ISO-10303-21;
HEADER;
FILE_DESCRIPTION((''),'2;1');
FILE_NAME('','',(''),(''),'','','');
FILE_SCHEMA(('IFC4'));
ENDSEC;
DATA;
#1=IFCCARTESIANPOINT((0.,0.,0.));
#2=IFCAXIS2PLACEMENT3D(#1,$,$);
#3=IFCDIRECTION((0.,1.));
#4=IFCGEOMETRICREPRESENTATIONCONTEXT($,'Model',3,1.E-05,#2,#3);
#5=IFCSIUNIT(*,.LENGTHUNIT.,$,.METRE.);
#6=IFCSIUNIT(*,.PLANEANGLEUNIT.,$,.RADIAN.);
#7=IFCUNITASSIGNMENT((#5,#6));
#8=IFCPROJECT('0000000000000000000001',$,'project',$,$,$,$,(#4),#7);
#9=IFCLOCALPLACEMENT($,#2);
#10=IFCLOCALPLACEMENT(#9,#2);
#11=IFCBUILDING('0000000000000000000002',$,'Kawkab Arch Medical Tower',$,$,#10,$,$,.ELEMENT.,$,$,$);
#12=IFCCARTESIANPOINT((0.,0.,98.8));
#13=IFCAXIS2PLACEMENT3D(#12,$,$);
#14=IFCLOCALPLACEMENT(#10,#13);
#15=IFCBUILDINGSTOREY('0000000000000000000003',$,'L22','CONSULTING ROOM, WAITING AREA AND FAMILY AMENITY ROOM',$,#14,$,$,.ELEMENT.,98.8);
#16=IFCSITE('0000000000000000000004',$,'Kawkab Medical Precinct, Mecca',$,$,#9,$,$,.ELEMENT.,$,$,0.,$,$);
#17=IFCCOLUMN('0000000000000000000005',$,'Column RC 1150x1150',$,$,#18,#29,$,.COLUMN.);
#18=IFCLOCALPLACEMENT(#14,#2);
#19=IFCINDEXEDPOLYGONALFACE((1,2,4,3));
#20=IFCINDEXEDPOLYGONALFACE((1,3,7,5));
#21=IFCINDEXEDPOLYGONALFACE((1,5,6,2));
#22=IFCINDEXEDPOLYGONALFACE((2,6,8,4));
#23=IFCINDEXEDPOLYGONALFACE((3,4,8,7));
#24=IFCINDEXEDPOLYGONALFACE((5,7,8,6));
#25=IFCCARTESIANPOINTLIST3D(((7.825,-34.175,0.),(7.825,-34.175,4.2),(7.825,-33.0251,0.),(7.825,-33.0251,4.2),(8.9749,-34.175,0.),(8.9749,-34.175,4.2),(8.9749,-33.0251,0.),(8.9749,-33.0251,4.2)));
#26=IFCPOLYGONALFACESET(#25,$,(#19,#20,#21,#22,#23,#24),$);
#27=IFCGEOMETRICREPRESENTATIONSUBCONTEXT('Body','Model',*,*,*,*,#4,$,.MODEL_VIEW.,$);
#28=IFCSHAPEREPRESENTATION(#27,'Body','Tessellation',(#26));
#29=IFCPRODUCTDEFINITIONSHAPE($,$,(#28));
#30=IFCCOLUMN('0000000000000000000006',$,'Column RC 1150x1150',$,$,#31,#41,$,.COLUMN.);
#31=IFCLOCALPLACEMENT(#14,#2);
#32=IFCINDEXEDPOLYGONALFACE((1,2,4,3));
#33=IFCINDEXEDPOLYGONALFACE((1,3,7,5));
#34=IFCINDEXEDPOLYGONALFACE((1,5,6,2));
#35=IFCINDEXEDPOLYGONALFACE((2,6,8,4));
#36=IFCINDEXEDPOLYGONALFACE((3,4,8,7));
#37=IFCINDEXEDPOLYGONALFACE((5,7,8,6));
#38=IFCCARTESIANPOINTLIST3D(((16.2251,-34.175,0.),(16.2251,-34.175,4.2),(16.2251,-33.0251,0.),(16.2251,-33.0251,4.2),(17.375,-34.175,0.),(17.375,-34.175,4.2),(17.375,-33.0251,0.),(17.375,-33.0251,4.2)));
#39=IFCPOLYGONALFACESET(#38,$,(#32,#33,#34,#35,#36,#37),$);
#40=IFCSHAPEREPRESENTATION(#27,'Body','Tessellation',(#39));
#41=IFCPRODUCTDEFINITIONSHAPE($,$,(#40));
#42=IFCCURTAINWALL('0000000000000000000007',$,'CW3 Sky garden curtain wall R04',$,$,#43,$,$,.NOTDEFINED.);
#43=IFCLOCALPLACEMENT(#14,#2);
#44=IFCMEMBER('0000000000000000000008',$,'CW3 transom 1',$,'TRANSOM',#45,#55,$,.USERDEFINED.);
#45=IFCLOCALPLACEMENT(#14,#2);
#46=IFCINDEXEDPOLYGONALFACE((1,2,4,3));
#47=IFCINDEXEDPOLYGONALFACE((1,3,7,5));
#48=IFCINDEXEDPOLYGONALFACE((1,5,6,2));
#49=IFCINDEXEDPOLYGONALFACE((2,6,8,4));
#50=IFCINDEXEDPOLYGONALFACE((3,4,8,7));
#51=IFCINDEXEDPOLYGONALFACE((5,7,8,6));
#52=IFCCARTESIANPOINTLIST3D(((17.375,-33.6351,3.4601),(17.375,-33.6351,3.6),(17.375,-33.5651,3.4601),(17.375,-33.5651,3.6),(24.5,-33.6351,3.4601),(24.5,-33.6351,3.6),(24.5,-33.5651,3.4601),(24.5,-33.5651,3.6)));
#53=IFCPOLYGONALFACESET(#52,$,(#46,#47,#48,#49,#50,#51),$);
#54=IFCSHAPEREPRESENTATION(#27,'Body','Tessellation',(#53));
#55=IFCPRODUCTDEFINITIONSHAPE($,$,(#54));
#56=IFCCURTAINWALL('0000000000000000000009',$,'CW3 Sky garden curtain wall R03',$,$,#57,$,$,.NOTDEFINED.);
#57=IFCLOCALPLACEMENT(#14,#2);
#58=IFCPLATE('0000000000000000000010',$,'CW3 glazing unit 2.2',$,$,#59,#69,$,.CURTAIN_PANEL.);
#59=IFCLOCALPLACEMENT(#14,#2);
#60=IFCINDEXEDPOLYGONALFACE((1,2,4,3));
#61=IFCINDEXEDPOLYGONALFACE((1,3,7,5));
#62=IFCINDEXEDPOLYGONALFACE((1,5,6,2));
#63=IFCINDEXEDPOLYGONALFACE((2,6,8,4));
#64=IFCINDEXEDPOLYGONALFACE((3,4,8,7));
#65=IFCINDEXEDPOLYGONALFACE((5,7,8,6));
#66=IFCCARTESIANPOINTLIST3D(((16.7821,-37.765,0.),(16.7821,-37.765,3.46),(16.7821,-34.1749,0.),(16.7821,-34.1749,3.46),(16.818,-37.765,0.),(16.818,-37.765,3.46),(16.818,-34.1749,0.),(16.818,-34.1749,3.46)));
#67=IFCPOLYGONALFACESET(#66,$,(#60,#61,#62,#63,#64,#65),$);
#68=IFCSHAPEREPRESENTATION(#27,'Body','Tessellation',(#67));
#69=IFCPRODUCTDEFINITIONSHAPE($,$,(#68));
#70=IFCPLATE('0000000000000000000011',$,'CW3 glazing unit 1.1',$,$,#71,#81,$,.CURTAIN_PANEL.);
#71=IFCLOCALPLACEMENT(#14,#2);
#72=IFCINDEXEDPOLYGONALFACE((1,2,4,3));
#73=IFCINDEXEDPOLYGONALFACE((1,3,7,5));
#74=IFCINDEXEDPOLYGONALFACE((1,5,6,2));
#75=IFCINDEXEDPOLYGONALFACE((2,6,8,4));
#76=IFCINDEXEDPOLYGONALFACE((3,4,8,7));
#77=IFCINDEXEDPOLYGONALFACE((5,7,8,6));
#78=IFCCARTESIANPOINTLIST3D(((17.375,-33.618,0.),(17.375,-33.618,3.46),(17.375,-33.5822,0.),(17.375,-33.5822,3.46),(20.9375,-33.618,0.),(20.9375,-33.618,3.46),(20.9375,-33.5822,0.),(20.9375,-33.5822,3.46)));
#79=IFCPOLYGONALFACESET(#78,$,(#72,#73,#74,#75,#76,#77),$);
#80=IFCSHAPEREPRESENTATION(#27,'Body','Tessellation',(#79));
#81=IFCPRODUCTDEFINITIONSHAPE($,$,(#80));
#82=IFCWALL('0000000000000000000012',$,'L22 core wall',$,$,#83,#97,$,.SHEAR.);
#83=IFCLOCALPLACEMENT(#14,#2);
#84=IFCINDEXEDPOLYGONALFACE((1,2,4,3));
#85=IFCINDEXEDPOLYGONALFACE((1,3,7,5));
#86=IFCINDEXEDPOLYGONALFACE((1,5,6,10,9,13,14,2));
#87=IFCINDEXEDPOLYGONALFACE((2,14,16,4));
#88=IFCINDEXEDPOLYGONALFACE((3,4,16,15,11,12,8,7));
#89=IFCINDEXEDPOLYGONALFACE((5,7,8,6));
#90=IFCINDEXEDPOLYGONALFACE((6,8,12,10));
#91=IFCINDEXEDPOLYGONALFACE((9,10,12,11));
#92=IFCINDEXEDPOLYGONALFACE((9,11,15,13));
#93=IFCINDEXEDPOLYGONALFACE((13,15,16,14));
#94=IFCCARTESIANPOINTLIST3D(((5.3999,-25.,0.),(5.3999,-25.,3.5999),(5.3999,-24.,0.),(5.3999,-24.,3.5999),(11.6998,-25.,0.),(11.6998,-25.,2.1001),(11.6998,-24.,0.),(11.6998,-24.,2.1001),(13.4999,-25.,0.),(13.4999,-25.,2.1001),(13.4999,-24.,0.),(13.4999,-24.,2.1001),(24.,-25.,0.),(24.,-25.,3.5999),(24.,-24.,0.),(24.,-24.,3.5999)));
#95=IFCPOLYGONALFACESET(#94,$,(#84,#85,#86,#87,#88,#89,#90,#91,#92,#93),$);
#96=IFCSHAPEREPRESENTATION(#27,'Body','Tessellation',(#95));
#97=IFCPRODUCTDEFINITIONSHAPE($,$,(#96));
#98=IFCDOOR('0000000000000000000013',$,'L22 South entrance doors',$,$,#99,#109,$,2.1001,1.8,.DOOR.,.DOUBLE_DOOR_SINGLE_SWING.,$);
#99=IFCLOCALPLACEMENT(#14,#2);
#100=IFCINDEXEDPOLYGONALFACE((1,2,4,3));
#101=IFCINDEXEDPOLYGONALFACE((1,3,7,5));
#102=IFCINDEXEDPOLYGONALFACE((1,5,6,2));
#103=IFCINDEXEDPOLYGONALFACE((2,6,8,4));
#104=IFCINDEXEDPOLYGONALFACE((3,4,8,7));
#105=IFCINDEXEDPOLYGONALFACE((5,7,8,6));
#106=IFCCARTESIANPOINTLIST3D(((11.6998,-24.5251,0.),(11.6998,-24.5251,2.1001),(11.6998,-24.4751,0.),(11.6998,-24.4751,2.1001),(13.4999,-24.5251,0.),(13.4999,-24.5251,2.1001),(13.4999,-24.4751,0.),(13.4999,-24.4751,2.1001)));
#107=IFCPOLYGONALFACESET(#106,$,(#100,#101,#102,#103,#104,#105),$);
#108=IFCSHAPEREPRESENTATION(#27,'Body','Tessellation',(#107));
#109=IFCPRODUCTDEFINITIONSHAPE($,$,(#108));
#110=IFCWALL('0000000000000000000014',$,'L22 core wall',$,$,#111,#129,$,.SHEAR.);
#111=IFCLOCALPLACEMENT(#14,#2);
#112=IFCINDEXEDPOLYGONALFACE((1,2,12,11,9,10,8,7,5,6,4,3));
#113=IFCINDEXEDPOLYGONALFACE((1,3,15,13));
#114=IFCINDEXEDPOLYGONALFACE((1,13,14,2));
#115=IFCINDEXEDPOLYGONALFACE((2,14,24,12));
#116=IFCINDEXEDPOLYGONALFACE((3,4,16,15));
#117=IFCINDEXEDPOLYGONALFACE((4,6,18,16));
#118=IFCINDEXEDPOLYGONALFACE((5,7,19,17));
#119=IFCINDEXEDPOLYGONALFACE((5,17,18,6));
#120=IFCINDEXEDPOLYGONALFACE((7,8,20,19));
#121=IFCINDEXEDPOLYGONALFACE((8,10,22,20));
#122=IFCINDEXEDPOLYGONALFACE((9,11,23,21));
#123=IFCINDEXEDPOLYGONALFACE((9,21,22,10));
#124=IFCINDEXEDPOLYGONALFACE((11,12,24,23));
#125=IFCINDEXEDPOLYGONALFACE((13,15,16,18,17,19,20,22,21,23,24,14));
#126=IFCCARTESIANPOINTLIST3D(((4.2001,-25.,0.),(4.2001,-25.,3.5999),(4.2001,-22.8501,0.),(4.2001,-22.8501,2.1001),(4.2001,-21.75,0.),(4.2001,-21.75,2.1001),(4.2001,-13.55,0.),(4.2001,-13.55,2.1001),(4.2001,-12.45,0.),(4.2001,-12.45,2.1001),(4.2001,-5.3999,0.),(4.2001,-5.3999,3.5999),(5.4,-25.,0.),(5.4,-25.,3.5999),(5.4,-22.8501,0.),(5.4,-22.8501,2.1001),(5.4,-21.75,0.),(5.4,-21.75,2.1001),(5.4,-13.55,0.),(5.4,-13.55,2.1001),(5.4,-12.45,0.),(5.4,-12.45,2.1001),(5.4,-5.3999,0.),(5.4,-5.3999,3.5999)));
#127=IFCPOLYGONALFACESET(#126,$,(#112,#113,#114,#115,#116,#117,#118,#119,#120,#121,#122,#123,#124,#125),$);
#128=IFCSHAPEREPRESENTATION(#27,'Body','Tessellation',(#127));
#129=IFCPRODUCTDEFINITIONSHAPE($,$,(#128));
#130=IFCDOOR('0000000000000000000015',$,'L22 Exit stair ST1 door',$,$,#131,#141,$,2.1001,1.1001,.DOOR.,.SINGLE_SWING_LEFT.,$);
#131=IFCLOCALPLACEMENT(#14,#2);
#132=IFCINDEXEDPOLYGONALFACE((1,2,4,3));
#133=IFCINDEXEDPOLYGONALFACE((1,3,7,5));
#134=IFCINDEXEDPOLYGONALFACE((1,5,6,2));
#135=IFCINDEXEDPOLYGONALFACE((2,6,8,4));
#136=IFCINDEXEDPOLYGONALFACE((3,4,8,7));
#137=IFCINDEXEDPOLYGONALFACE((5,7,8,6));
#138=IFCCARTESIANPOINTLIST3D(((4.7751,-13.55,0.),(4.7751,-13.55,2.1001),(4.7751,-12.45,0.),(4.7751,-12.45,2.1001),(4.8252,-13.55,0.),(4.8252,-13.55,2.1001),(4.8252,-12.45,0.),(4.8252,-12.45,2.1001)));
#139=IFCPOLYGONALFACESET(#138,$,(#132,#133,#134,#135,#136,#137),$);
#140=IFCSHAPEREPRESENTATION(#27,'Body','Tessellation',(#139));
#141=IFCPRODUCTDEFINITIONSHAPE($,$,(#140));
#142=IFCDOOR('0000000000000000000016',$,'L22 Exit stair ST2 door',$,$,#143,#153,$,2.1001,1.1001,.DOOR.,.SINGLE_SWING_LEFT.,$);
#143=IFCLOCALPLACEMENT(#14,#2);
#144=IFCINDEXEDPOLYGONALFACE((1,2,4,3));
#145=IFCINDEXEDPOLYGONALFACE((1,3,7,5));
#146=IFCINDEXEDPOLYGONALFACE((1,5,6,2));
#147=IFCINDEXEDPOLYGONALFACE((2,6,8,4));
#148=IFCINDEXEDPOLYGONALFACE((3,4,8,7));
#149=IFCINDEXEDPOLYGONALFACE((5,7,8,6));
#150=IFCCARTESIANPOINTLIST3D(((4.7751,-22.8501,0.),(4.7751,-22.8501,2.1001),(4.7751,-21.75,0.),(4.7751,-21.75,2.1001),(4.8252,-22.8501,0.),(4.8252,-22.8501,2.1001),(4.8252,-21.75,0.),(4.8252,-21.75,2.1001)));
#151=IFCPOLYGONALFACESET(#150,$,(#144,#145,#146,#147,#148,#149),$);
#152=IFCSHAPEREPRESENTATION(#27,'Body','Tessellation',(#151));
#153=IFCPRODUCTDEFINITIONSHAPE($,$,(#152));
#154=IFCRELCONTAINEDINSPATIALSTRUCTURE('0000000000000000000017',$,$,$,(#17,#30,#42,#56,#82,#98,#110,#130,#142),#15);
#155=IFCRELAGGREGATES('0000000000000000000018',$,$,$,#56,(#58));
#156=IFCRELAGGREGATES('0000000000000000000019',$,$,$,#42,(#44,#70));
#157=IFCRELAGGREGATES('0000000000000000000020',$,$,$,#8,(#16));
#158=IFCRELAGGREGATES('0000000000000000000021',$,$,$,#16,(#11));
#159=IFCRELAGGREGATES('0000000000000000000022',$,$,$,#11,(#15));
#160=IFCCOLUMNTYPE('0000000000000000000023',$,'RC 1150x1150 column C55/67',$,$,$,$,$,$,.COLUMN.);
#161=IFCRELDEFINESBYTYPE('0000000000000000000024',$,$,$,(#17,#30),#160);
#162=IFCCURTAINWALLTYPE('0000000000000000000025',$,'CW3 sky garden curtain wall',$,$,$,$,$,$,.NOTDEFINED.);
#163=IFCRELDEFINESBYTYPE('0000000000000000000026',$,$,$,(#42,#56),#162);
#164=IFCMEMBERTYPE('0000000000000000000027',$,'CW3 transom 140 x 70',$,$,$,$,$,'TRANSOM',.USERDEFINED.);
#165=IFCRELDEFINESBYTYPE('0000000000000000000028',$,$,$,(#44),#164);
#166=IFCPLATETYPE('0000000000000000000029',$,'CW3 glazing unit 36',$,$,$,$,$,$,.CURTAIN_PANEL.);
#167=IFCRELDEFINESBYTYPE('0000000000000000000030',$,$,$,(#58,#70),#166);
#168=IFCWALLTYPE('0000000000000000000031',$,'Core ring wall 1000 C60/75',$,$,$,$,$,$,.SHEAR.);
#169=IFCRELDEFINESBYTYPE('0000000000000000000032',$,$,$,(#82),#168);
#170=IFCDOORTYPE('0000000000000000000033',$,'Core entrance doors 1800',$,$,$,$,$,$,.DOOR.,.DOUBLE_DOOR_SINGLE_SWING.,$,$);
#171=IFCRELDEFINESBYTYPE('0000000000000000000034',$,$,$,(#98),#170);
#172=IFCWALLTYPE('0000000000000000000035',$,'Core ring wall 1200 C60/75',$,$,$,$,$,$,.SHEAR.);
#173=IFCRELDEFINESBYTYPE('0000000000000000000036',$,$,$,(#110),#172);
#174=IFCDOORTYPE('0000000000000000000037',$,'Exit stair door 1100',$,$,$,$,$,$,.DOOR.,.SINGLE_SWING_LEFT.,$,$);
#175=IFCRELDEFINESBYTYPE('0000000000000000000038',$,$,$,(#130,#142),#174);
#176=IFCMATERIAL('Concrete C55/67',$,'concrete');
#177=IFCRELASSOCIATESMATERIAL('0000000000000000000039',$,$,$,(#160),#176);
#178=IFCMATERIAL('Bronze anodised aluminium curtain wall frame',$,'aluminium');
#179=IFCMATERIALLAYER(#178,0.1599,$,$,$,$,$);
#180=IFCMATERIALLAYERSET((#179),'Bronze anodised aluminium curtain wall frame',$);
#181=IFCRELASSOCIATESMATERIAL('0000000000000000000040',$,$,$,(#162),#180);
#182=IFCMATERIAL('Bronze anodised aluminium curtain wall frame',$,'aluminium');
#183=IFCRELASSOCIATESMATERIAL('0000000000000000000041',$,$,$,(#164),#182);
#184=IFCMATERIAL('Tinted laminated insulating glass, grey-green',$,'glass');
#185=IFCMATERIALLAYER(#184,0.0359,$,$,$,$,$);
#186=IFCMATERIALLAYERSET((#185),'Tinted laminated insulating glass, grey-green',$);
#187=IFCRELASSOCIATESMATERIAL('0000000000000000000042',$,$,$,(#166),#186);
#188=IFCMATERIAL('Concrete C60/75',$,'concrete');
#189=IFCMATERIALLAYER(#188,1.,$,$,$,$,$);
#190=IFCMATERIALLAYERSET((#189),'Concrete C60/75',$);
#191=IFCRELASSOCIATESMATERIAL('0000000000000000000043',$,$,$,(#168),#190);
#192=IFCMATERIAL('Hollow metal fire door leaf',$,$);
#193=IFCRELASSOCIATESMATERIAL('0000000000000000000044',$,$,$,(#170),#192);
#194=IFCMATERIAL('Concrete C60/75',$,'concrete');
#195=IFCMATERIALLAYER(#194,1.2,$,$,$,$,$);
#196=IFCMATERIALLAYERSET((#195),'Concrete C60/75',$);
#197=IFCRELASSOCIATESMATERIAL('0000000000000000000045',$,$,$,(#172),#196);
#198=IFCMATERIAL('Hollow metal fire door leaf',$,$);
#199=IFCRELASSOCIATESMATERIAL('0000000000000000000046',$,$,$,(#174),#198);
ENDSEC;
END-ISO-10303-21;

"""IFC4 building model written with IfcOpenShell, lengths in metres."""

from ifc_helpers import new_model, si_unit, direction, frame, frame_2d, origin, origin_2d, place, context, subcontext, project, spatial, rectangle, extrude, material, layer, layer_set, material_profile, profile_set, type_object, element, fill, aggregate, save


model = new_model("IFC4")

# Units and contexts
model_context = context("Model", 3, precision=1e-05, world=origin(), true_north=direction((0.0, 1.0)))
body_context = subcontext(model_context, "Body", "Model", "MODEL_VIEW")
ifc_project = project(units=[si_unit("LENGTHUNIT", "METRE"), si_unit("PLANEANGLEUNIT", "RADIAN")], contexts=[model_context])

# Site, building, storey
site_placement = place(None, origin())
site = spatial("IfcSite", under=ifc_project, at=site_placement, Name="Kawkab Medical Precinct, Mecca", CompositionType="ELEMENT", RefElevation=0.0)
building_placement = place(site_placement, origin())
building = spatial("IfcBuilding", under=site, at=building_placement, Name="Kawkab Arch Medical Tower", CompositionType="ELEMENT")
storey_placement = place(building_placement, frame((0.0, 0.0, 98.8)))
storey = spatial("IfcBuildingStorey", under=building, at=storey_placement, Name="L22", Description="CONSULTING ROOM, WAITING AREA AND FAMILY AMENITY ROOM", CompositionType="ELEMENT", Elevation=98.8)

# Columns
ifc_material_1 = material(Name="Concrete C55/67", Category="concrete")
ifc_material_profile_1 = material_profile(ifc_material_1, rectangle(XDim=1.1499, YDim=1.1499, at=origin_2d()), Name="RC 1150x1150")
ifc_profile_set_1 = profile_set([ifc_material_profile_1], Name="Concrete C55/67")
column_type = type_object("IfcColumnType", Name="RC 1150x1150 column C55/67", PredefinedType="COLUMN", material=ifc_profile_set_1)
for number, where, z_axis, x_axis, name in (
    (1, (8.3999, -33.6001, 0.0), (0.0, 0.0, 1.0), (1.0, 0.0, 0.0), "Column RC 1150x1150"),
    (2, (16.8, -33.6001, 0.0), (0.0, 0.0, 1.0), (1.0, 0.0, 0.0), "Column RC 1150x1150"),
):
    element("IfcColumn", number, at=place(storey_placement, frame(where, z_axis=z_axis, x_axis=x_axis)), inside=storey, type_object=column_type, Name=name, PredefinedType="COLUMN", context=body_context, shape_type="SweptSolid", body=[
        extrude(rectangle(XDim=1.1499, YDim=1.1499, at=origin_2d()), origin(), (0.0, 0.0, 1.0), 4.2),
    ])

# Curtain wall, member
ifc_material_2 = material(Name="Bronze anodised aluminium curtain wall frame", Category="aluminium")
ifc_layer_1 = layer(ifc_material_2, 0.1599)
ifc_layer_set_1 = layer_set([ifc_layer_1], Name="Bronze anodised aluminium curtain wall frame")
curtain_wall_type = type_object("IfcCurtainWallType", Name="CW3 sky garden curtain wall", PredefinedType="NOTDEFINED", material=ifc_layer_set_1)
placement = place(storey_placement, origin())
curtain_wall_1 = element("IfcCurtainWall", 3, at=placement, inside=storey, type_object=curtain_wall_type, Name="CW3 Sky garden curtain wall R04", PredefinedType="NOTDEFINED")
ifc_material_3 = material(Name="Bronze anodised aluminium curtain wall frame", Category="aluminium")
ifc_material_profile_2 = material_profile(ifc_material_3, rectangle(XDim=0.0701, YDim=0.1399, at=origin_2d()), Name="AL 70x140")
ifc_profile_set_2 = profile_set([ifc_material_profile_2], Name="Bronze anodised aluminium curtain wall frame")
member_type = type_object("IfcMemberType", Name="CW3 transom 140 x 70", ElementType="TRANSOM", PredefinedType="USERDEFINED", material=ifc_profile_set_2)
member_placement = place(storey_placement, frame((17.375, -33.6001, 3.53), z_axis=(1.0, 0.0, 0.0), x_axis=(0.0, 1.0, 0.0)))
member = element("IfcMember", 4, at=member_placement, type_object=member_type, Name="CW3 transom 1", ObjectType="TRANSOM", PredefinedType="USERDEFINED", context=body_context, shape_type="SweptSolid", body=[
    extrude(rectangle(XDim=0.0701, YDim=0.1399, at=origin_2d()), origin(), (0.0, 0.0, 1.0), 7.125),
])

# Curtain wall, plate
curtain_wall_2 = element("IfcCurtainWall", 5, at=placement, inside=storey, type_object=curtain_wall_type, Name="CW3 Sky garden curtain wall R03", PredefinedType="NOTDEFINED")
ifc_material_4 = material(Name="Tinted laminated insulating glass, grey-green", Category="glass")
ifc_layer_2 = layer(ifc_material_4, 0.0359)
ifc_layer_set_2 = layer_set([ifc_layer_2], Name="Tinted laminated insulating glass, grey-green")
plate_type = type_object("IfcPlateType", Name="CW3 glazing unit 36", PredefinedType="CURTAIN_PANEL", material=ifc_layer_set_2)
plate_1_placement = place(storey_placement, frame((16.8, -35.97, 0.0), z_axis=(0.0, 0.0, 1.0), x_axis=(0.0, 1.0, 0.0)))
plate_1 = element("IfcPlate", 6, at=plate_1_placement, type_object=plate_type, Name="CW3 glazing unit 2.2", PredefinedType="CURTAIN_PANEL", context=body_context, shape_type="SweptSolid", body=[
    extrude(rectangle(XDim=3.5901, YDim=0.0359, at=origin_2d()), origin(), (0.0, 0.0, 1.0), 3.46),
])
aggregate(curtain_wall_2, [plate_1])

# Plate
plate_2_placement = place(storey_placement, frame((19.1562, -33.6001, 0.0), z_axis=(0.0, 0.0, 1.0), x_axis=(1.0, 0.0, 0.0)))
plate_2 = element("IfcPlate", 7, at=plate_2_placement, type_object=plate_type, Name="CW3 glazing unit 1.1", PredefinedType="CURTAIN_PANEL", context=body_context, shape_type="SweptSolid", body=[
    extrude(rectangle(XDim=3.5625, YDim=0.0359, at=origin_2d()), origin(), (0.0, 0.0, 1.0), 3.46),
])
aggregate(curtain_wall_1, [member, plate_2])

# Wall, opening, door
ifc_material_5 = material(Name="Concrete C60/75", Category="concrete")
ifc_layer_3 = layer(ifc_material_5, 1.0)
ifc_layer_set_3 = layer_set([ifc_layer_3], Name="Concrete C60/75")
wall_type_1 = type_object("IfcWallType", Name="Core ring wall 1000 C60/75", PredefinedType="SHEAR", material=ifc_layer_set_3)
wall_1_placement = place(storey_placement, frame((5.3999, -24.5, 0.0), z_axis=(0.0, 0.0, 1.0), x_axis=(1.0, 0.0, 0.0)))
wall_1 = element("IfcWall", 8, at=wall_1_placement, inside=storey, type_object=wall_type_1, Name="L22 core wall", PredefinedType="SHEAR", context=body_context, shape_type="SweptSolid", body=[
    extrude(rectangle(XDim=18.6001, YDim=1.0, at=frame_2d((9.3, 0.0))), origin(), (0.0, 0.0, 1.0), 3.5999),
])
opening_1_placement = place(wall_1_placement, frame((6.3, 0.0, 0.0)))
opening_1 = element("IfcOpeningElement", 9, at=opening_1_placement, cuts=wall_1, PredefinedType="OPENING", context=body_context, shape_type="SweptSolid", body=[
    extrude(rectangle(XDim=1.8, YDim=2.1001, at=frame_2d((0.8999, 1.05))), frame((0.0, 0.51, 0.0), z_axis=(0.0, -1.0, 0.0), x_axis=(1.0, 0.0, 0.0)), (0.0, 0.0, 1.0), 1.02),
])
ifc_material_6 = material(Name="Hollow metal fire door leaf")
door_type_1 = type_object("IfcDoorType", Name="Core entrance doors 1800", OperationType="DOUBLE_DOOR_SINGLE_SWING", PredefinedType="DOOR", material=ifc_material_6)
door_1_placement = place(opening_1_placement, origin())
door_1 = element("IfcDoor", 10, at=door_1_placement, inside=storey, type_object=door_type_1, Name="L22 South entrance doors", OperationType="DOUBLE_DOOR_SINGLE_SWING", OverallHeight=2.1001, OverallWidth=1.8, PredefinedType="DOOR", context=body_context, shape_type="SweptSolid", body=[
    extrude(rectangle(XDim=1.8, YDim=2.1001, at=frame_2d((0.8999, 1.05))), frame((0.0, 0.0249, 0.0), z_axis=(0.0, -1.0, 0.0), x_axis=(1.0, 0.0, 0.0)), (0.0, 0.0, 1.0), 0.05),
])
fill(opening_1, door_1)

# Wall, openings, doors
ifc_material_7 = material(Name="Concrete C60/75", Category="concrete")
ifc_layer_4 = layer(ifc_material_7, 1.2)
ifc_layer_set_4 = layer_set([ifc_layer_4], Name="Concrete C60/75")
wall_type_2 = type_object("IfcWallType", Name="Core ring wall 1200 C60/75", PredefinedType="SHEAR", material=ifc_layer_set_4)
wall_2_placement = place(storey_placement, frame((4.8, -25.0, 0.0), z_axis=(0.0, 0.0, 1.0), x_axis=(0.0, 1.0, 0.0)))
wall_2 = element("IfcWall", 11, at=wall_2_placement, inside=storey, type_object=wall_type_2, Name="L22 core wall", PredefinedType="SHEAR", context=body_context, shape_type="SweptSolid", body=[
    extrude(rectangle(XDim=19.6001, YDim=1.2, at=frame_2d((9.8, 0.0))), origin(), (0.0, 0.0, 1.0), 3.5999),
])
opening_2_placement = place(wall_2_placement, frame((11.45, 0.0, 0.0)))
opening_2 = element("IfcOpeningElement", 12, at=opening_2_placement, cuts=wall_2, PredefinedType="OPENING", context=body_context, shape_type="SweptSolid", body=[
    extrude(rectangle(XDim=1.1001, YDim=2.1001, at=frame_2d((0.55, 1.05))), frame((0.0, 0.6099, 0.0), z_axis=(0.0, -1.0, 0.0), x_axis=(1.0, 0.0, 0.0)), (0.0, 0.0, 1.0), 1.22),
])
opening_3_placement = place(wall_2_placement, frame((2.1499, 0.0, 0.0)))
opening_3 = element("IfcOpeningElement", 13, at=opening_3_placement, cuts=wall_2, PredefinedType="OPENING", context=body_context, shape_type="SweptSolid", body=[
    extrude(rectangle(XDim=1.1001, YDim=2.1001, at=frame_2d((0.55, 1.05))), frame((0.0, 0.6099, 0.0), z_axis=(0.0, -1.0, 0.0), x_axis=(1.0, 0.0, 0.0)), (0.0, 0.0, 1.0), 1.22),
])
ifc_material_8 = material(Name="Hollow metal fire door leaf")
door_type_2 = type_object("IfcDoorType", Name="Exit stair door 1100", OperationType="SINGLE_SWING_LEFT", PredefinedType="DOOR", material=ifc_material_8)
door_2_placement = place(opening_2_placement, origin())
door_2 = element("IfcDoor", 14, at=door_2_placement, inside=storey, type_object=door_type_2, Name="L22 Exit stair ST1 door", OperationType="SINGLE_SWING_LEFT", OverallHeight=2.1001, OverallWidth=1.1001, PredefinedType="DOOR", context=body_context, shape_type="SweptSolid", body=[
    extrude(rectangle(XDim=1.1001, YDim=2.1001, at=frame_2d((0.55, 1.05))), frame((0.0, 0.0249, 0.0), z_axis=(0.0, -1.0, 0.0), x_axis=(1.0, 0.0, 0.0)), (0.0, 0.0, 1.0), 0.05),
])
fill(opening_2, door_2)
door_3_placement = place(opening_3_placement, origin())
door_3 = element("IfcDoor", 15, at=door_3_placement, inside=storey, type_object=door_type_2, Name="L22 Exit stair ST2 door", OperationType="SINGLE_SWING_LEFT", OverallHeight=2.1001, OverallWidth=1.1001, PredefinedType="DOOR", context=body_context, shape_type="SweptSolid", body=[
    extrude(rectangle(XDim=1.1001, YDim=2.1001, at=frame_2d((0.55, 1.05))), frame((0.0, 0.0249, 0.0), z_axis=(0.0, -1.0, 0.0), x_axis=(1.0, 0.0, 0.0)), (0.0, 0.0, 1.0), 0.05),
])
fill(opening_3, door_3)

save(model, "model.ifc")
